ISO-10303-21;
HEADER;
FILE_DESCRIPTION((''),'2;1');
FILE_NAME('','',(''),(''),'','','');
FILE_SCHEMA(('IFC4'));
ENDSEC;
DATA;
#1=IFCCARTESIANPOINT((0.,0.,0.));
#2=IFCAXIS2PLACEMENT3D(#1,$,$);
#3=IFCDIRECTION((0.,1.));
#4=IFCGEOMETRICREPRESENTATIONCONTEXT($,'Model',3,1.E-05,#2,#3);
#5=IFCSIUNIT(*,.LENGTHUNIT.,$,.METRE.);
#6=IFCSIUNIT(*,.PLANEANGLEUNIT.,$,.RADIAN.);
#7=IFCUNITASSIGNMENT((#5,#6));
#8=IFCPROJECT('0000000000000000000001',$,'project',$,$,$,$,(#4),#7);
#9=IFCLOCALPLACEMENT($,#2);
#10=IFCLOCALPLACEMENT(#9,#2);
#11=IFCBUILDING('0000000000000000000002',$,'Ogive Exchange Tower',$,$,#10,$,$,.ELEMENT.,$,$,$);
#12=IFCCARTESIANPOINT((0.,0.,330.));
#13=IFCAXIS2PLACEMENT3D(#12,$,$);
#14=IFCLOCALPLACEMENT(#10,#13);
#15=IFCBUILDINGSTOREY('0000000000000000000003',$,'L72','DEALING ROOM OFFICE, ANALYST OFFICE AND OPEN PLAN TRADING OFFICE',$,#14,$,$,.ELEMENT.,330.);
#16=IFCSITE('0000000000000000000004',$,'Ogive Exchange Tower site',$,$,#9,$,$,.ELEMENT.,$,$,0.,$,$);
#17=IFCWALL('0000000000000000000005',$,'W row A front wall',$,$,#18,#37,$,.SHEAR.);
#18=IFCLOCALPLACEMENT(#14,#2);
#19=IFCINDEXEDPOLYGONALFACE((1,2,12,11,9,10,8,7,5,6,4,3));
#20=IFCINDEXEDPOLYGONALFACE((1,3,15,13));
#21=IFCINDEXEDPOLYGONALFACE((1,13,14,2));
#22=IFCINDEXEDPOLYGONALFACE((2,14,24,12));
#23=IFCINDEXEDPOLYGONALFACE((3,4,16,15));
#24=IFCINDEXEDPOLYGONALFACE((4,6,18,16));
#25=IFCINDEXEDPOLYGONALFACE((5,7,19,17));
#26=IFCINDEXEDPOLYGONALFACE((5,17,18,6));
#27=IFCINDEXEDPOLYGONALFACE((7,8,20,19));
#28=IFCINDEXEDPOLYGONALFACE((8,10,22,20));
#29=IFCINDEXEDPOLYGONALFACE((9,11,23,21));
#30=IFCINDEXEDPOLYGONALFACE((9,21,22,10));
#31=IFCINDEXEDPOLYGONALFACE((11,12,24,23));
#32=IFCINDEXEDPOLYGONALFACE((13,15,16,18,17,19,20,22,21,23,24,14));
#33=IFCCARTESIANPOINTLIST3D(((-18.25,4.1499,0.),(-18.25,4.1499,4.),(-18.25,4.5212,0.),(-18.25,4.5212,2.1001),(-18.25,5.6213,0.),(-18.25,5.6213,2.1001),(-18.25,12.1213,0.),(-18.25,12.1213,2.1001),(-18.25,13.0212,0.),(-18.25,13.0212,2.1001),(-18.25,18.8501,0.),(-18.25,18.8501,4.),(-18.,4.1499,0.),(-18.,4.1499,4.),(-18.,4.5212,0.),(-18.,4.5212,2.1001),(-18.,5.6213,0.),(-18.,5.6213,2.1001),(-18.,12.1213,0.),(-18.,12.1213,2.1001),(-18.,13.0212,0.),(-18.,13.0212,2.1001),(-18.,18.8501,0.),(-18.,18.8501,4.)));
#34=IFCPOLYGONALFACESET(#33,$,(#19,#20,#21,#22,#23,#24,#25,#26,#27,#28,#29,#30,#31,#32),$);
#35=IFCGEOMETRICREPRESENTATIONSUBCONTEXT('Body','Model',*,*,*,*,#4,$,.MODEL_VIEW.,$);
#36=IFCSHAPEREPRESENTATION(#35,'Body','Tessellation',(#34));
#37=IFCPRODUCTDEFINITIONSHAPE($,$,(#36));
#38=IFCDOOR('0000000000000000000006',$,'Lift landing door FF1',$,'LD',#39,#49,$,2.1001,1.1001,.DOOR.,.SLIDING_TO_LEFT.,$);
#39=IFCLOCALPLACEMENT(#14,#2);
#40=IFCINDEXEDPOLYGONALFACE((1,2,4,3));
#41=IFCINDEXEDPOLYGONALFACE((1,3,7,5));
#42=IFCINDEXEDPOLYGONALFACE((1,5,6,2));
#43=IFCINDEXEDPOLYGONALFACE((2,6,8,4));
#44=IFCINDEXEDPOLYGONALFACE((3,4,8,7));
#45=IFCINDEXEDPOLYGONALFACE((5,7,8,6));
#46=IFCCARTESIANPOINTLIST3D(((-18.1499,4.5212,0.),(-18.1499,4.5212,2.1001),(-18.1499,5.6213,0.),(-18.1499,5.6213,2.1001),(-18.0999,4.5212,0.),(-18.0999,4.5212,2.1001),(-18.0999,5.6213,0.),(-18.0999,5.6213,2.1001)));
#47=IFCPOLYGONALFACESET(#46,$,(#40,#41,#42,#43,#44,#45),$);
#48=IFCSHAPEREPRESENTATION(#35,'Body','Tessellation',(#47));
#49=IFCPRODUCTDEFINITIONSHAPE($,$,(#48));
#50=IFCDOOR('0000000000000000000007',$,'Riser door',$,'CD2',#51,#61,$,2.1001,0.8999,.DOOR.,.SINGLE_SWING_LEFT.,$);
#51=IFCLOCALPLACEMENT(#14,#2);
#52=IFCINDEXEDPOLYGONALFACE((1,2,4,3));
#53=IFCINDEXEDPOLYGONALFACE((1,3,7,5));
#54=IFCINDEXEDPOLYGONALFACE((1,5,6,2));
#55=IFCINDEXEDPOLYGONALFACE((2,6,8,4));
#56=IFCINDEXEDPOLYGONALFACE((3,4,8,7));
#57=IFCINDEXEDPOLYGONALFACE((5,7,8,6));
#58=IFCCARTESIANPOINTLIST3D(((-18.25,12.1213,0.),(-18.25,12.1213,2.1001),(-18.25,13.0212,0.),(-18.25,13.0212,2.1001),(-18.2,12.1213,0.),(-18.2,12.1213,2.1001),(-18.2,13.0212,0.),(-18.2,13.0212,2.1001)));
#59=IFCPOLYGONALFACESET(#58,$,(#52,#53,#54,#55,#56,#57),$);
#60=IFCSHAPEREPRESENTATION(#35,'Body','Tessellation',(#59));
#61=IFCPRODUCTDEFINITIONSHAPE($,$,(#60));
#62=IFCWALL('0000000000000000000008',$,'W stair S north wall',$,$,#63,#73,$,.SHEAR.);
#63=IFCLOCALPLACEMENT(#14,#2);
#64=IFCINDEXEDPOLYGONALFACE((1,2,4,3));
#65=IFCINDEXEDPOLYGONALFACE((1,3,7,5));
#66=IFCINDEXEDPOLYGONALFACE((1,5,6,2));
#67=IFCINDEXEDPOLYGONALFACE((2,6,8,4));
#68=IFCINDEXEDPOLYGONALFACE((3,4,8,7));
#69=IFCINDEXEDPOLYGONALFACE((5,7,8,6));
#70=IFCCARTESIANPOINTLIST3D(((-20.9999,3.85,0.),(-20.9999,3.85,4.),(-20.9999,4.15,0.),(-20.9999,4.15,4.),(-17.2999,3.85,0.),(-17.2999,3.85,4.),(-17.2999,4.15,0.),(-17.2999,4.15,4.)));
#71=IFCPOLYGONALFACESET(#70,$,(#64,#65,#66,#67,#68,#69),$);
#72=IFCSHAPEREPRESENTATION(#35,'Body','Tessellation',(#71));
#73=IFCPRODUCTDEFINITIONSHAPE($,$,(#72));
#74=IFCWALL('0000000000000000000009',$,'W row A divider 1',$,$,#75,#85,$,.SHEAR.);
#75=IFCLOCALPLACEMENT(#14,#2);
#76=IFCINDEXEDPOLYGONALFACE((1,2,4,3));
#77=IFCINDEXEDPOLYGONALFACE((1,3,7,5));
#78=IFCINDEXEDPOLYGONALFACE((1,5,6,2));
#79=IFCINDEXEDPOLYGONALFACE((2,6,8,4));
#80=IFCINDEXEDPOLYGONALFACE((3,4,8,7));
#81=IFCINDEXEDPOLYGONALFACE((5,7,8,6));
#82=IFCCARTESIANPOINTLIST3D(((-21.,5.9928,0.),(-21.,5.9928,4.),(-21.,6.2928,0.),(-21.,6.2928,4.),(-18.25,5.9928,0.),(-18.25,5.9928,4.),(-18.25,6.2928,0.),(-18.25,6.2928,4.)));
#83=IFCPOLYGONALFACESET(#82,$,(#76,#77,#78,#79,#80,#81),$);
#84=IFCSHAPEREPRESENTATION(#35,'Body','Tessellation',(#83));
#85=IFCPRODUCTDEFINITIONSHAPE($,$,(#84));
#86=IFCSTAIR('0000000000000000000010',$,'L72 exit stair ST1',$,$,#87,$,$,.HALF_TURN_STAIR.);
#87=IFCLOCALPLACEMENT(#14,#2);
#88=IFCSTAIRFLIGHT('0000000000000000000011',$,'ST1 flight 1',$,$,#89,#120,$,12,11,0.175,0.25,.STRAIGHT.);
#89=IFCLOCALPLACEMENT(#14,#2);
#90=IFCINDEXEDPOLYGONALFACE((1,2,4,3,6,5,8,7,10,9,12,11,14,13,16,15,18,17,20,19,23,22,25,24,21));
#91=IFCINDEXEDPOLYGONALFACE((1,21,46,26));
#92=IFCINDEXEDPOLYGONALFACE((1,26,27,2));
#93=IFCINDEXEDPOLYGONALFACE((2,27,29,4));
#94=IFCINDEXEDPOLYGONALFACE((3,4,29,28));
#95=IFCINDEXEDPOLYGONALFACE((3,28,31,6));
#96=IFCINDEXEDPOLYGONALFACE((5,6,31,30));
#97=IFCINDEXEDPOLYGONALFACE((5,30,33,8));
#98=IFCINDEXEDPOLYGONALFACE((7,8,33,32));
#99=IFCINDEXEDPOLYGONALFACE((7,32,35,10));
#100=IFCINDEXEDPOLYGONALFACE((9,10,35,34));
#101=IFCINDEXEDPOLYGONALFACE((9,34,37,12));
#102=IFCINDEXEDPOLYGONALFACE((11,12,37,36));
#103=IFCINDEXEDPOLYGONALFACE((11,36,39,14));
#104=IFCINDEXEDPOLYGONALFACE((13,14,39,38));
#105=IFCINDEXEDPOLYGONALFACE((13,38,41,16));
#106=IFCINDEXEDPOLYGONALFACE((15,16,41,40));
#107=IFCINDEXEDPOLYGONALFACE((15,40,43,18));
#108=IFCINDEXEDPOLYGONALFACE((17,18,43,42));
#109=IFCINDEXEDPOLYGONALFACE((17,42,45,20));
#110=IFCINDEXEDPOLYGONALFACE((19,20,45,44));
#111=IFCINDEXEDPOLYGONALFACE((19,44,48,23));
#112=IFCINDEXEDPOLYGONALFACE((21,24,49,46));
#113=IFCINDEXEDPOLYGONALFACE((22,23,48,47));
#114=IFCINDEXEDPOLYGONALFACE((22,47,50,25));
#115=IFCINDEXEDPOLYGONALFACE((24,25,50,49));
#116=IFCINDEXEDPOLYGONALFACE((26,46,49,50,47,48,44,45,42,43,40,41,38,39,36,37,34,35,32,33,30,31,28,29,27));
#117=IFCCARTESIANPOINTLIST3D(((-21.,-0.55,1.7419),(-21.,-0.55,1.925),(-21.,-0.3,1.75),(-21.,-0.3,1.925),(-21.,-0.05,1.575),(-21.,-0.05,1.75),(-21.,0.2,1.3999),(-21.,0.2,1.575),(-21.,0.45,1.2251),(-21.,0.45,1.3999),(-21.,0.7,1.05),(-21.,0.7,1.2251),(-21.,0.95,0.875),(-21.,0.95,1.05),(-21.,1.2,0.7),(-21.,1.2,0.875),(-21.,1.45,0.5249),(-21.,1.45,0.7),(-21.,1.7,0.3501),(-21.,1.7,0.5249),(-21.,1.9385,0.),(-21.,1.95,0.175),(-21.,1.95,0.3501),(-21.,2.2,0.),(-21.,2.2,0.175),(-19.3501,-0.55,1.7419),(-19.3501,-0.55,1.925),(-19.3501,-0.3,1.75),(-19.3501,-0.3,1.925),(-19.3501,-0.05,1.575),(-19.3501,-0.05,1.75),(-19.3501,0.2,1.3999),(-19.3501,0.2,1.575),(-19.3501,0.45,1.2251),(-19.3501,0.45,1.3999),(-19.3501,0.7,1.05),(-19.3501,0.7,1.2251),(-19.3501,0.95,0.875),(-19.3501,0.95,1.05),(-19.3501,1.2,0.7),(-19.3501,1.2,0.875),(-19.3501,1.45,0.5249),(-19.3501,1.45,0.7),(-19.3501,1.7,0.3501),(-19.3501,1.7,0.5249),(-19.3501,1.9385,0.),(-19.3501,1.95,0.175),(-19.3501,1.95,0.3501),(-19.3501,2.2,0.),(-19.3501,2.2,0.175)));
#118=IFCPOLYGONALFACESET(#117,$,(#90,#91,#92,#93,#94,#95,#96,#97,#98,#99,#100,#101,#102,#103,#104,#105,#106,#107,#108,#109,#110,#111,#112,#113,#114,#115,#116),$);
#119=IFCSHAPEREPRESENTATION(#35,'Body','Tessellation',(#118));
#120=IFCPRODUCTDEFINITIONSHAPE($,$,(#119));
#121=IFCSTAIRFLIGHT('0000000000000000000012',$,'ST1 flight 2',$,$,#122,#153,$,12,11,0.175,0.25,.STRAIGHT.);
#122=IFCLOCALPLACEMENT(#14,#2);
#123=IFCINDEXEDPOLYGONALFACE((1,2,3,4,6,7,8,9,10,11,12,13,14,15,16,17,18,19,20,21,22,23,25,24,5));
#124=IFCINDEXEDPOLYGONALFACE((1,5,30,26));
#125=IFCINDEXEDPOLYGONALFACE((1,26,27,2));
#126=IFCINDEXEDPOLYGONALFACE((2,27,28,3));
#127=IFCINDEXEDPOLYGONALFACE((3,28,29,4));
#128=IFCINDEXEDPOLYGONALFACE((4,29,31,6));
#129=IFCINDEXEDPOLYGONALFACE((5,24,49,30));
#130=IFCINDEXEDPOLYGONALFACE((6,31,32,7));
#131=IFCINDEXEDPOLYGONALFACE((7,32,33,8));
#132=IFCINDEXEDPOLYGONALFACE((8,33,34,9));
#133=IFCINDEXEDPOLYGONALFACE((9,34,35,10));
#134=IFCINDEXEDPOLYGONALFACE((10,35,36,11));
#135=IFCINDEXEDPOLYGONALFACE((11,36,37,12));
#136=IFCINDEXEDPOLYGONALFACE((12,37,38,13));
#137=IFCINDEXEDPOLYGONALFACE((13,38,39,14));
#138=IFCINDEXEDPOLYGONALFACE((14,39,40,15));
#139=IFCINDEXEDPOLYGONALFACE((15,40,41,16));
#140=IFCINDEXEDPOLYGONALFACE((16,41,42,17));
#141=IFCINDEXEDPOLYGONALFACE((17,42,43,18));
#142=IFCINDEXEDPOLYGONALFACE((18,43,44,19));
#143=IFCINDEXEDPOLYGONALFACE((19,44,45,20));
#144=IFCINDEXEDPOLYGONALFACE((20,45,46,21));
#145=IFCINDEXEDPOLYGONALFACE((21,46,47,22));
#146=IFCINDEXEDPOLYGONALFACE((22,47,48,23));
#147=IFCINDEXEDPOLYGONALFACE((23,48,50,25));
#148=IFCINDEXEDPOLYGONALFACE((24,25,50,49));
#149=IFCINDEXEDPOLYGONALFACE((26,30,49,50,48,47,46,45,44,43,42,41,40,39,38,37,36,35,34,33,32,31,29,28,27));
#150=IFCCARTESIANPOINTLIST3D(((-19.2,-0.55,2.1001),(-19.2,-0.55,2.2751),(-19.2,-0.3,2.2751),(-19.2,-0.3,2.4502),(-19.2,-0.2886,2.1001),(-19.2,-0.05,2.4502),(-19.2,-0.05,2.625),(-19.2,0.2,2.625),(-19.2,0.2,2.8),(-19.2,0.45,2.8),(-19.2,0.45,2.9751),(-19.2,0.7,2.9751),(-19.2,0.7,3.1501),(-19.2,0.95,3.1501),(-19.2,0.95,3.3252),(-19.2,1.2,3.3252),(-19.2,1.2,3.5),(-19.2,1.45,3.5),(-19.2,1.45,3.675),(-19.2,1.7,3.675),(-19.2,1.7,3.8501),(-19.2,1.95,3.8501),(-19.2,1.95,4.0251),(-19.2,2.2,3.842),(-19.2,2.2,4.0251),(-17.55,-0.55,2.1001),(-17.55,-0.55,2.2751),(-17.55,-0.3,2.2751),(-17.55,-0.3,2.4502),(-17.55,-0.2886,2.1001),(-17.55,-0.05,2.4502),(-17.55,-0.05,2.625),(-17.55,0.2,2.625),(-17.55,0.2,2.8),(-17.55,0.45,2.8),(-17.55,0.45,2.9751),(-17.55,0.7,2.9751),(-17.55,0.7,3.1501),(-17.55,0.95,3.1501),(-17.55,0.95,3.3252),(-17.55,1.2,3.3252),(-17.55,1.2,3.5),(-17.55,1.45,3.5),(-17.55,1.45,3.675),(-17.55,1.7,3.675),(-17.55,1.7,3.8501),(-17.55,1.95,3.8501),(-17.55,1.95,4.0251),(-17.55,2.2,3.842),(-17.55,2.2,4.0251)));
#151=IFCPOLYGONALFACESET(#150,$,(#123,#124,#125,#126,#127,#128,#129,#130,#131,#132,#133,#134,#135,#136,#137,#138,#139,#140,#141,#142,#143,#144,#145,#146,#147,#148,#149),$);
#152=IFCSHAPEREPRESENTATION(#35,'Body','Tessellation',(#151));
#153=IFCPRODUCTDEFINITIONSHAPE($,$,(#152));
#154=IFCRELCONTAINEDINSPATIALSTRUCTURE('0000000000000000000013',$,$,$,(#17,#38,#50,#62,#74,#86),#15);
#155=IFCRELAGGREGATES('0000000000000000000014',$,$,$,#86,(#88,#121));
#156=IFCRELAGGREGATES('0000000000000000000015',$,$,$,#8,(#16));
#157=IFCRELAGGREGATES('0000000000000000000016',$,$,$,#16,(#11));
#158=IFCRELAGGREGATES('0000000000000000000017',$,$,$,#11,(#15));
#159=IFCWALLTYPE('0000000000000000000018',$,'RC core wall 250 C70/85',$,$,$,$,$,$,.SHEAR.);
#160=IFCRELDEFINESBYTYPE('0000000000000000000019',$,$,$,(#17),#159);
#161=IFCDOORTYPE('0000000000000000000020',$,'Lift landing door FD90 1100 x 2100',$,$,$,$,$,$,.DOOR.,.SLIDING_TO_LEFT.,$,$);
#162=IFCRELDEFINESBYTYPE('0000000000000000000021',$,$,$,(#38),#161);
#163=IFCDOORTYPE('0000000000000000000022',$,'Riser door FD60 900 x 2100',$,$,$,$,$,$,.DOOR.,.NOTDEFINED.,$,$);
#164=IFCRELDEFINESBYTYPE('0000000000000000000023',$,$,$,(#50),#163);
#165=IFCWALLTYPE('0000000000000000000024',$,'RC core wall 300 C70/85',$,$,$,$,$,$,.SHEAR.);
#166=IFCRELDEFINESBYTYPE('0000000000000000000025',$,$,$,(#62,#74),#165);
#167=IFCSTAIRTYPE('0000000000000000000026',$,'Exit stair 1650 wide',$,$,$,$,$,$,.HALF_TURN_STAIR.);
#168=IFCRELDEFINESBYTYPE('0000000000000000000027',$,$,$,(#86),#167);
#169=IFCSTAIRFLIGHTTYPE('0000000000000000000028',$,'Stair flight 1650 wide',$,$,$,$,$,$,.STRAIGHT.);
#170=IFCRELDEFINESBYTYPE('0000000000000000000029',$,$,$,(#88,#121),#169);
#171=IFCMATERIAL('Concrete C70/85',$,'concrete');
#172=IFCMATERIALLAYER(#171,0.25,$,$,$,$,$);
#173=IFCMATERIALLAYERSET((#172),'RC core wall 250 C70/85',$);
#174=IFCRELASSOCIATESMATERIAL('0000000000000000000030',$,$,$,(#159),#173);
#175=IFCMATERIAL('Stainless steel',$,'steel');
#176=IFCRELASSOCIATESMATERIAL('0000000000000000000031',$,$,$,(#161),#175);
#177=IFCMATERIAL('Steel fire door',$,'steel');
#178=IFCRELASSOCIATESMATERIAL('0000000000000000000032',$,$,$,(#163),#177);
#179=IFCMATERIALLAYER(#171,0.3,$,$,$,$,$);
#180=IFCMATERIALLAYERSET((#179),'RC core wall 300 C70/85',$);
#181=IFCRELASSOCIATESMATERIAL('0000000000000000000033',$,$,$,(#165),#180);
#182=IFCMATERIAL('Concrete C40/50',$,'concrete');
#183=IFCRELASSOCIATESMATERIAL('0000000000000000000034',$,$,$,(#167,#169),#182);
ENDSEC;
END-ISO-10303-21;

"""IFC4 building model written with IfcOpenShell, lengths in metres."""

from ifc_helpers import new_model, si_unit, direction, frame, frame_2d, origin, place, context, subcontext, project, spatial, polyline, rectangle, outline, extrude, material, layer, layer_set, type_object, element, fill, aggregate, save


model = new_model("IFC4")

# Units and contexts
model_context = context("Model", 3, precision=1e-05, world=origin(), true_north=direction((0.0, 1.0)))
body_context = subcontext(model_context, "Body", "Model", "MODEL_VIEW")
ifc_project = project(units=[si_unit("LENGTHUNIT", "METRE"), si_unit("PLANEANGLEUNIT", "RADIAN")], contexts=[model_context])

# Site, building, storey
site_placement = place(None, origin())
site = spatial("IfcSite", under=ifc_project, at=site_placement, Name="Ogive Exchange Tower site", CompositionType="ELEMENT", RefElevation=0.0)
building_placement = place(site_placement, origin())
building = spatial("IfcBuilding", under=site, at=building_placement, Name="Ogive Exchange Tower", CompositionType="ELEMENT")
storey_placement = place(building_placement, frame((0.0, 0.0, 330.0)))
storey = spatial("IfcBuildingStorey", under=building, at=storey_placement, Name="L72", Description="DEALING ROOM OFFICE, ANALYST OFFICE AND OPEN PLAN TRADING OFFICE", CompositionType="ELEMENT", Elevation=330.0)

# Shared definitions
ifc_material_1 = material(Name="Concrete C70/85", Category="concrete")
ifc_material_2 = material(Name="Steel fire door", Category="steel")

# Wall, openings, doors
ifc_layer_1 = layer(ifc_material_1, 0.25)
ifc_layer_set_1 = layer_set([ifc_layer_1], Name="RC core wall 250 C70/85")
wall_type_1 = type_object("IfcWallType", Name="RC core wall 250 C70/85", PredefinedType="SHEAR", material=ifc_layer_set_1)
wall_1_placement = place(storey_placement, frame((-18.125, 4.1499, 0.0), z_axis=(0.0, 0.0, 1.0), x_axis=(0.0, 1.0, 0.0)))
wall_1 = element("IfcWall", 1, at=wall_1_placement, inside=storey, type_object=wall_type_1, Name="W row A front wall", PredefinedType="SHEAR", context=body_context, shape_type="SweptSolid", body=[
    extrude(rectangle(XDim=14.7002, YDim=0.25, at=frame_2d((7.3501, 0.0))), origin(), (0.0, 0.0, 1.0), 4.0),
])
opening_1_placement = place(wall_1_placement, frame((7.9714, 0.0, 0.0)))
opening_1 = element("IfcOpeningElement", 2, at=opening_1_placement, cuts=wall_1, PredefinedType="OPENING", context=body_context, shape_type="SweptSolid", body=[
    extrude(rectangle(XDim=0.8999, YDim=2.1001, at=frame_2d((0.45, 1.05))), frame((0.0, 0.135, 0.0), z_axis=(0.0, -1.0, 0.0), x_axis=(1.0, 0.0, 0.0)), (0.0, 0.0, 1.0), 0.27),
])
opening_2_placement = place(wall_1_placement, frame((0.3713, 0.0, 0.0)))
opening_2 = element("IfcOpeningElement", 3, at=opening_2_placement, cuts=wall_1, PredefinedType="OPENING", context=body_context, shape_type="SweptSolid", body=[
    extrude(rectangle(XDim=1.1001, YDim=2.1001, at=frame_2d((0.55, 1.05))), frame((0.0, 0.135, 0.0), z_axis=(0.0, -1.0, 0.0), x_axis=(1.0, 0.0, 0.0)), (0.0, 0.0, 1.0), 0.27),
])
ifc_material_3 = material(Name="Stainless steel", Category="steel")
door_type_1 = type_object("IfcDoorType", Name="Lift landing door FD90 1100 x 2100", OperationType="SLIDING_TO_LEFT", PredefinedType="DOOR", material=ifc_material_3)
door_1_placement = place(opening_2_placement, origin())
door_1 = element("IfcDoor", 4, at=door_1_placement, inside=storey, type_object=door_type_1, Name="Lift landing door FF1", ObjectType="LD", OperationType="SLIDING_TO_LEFT", OverallHeight=2.1001, OverallWidth=1.1001, PredefinedType="DOOR", context=body_context, shape_type="SweptSolid", body=[
    extrude(rectangle(XDim=1.1001, YDim=2.1001, at=frame_2d((0.55, 1.05))), frame((0.0, 0.0249, 0.0), z_axis=(0.0, -1.0, 0.0), x_axis=(1.0, 0.0, 0.0)), (0.0, 0.0, 1.0), 0.05),
])
fill(opening_2, door_1)
door_type_2 = type_object("IfcDoorType", Name="Riser door FD60 900 x 2100", OperationType="NOTDEFINED", PredefinedType="DOOR", material=ifc_material_2)
door_2_placement = place(opening_1_placement, origin())
door_2 = element("IfcDoor", 5, at=door_2_placement, inside=storey, type_object=door_type_2, Name="Riser door", ObjectType="CD2", OperationType="SINGLE_SWING_LEFT", OverallHeight=2.1001, OverallWidth=0.8999, PredefinedType="DOOR", context=body_context, shape_type="SweptSolid", body=[
    extrude(rectangle(XDim=0.8999, YDim=2.1001, at=frame_2d((0.45, 1.05))), frame((0.0, 0.125, 0.0), z_axis=(0.0, -1.0, 0.0), x_axis=(1.0, 0.0, 0.0)), (0.0, 0.0, 1.0), 0.05),
])
fill(opening_1, door_2)

# Walls
ifc_layer_2 = layer(ifc_material_1, 0.3)
ifc_layer_set_2 = layer_set([ifc_layer_2], Name="RC core wall 300 C70/85")
wall_type_2 = type_object("IfcWallType", Name="RC core wall 300 C70/85", PredefinedType="SHEAR", material=ifc_layer_set_2)
wall_2_placement = place(storey_placement, frame((-21.0, 4.0, 0.0), z_axis=(0.0, 0.0, 1.0), x_axis=(1.0, 0.0, 0.0)))
element("IfcWall", 6, at=wall_2_placement, inside=storey, type_object=wall_type_2, Name="W stair S north wall", PredefinedType="SHEAR", context=body_context, shape_type="SweptSolid", body=[
    extrude(rectangle(XDim=3.7, YDim=0.3, at=frame_2d((1.8501, 0.0))), origin(), (0.0, 0.0, 1.0), 4.0),
])
wall_3_placement = place(storey_placement, frame((-21.0, 6.1428, 0.0), z_axis=(0.0, 0.0, 1.0), x_axis=(1.0, 0.0, 0.0)))
element("IfcWall", 7, at=wall_3_placement, inside=storey, type_object=wall_type_2, Name="W row A divider 1", PredefinedType="SHEAR", context=body_context, shape_type="SweptSolid", body=[
    extrude(rectangle(XDim=2.75, YDim=0.3, at=frame_2d((1.375, 0.0))), origin(), (0.0, 0.0, 1.0), 4.0),
])

# Stair, stair flights
ifc_material_4 = material(Name="Concrete C40/50", Category="concrete")
stair_type = type_object("IfcStairType", Name="Exit stair 1650 wide", PredefinedType="HALF_TURN_STAIR", material=ifc_material_4)
stair_placement = place(storey_placement, origin())
stair = element("IfcStair", 8, at=stair_placement, inside=storey, type_object=stair_type, Name="L72 exit stair ST1", PredefinedType="HALF_TURN_STAIR")
stair_flight_type = type_object("IfcStairFlightType", Name="Stair flight 1650 wide", PredefinedType="STRAIGHT", material=ifc_material_4)
stair_flight_1_placement = place(storey_placement, frame((-20.175, 2.2, 0.0), z_axis=(0.0, 0.0, 1.0), x_axis=(0.0, -1.0, 0.0)))
stair_flight_1 = element("IfcStairFlight", 9, at=stair_flight_1_placement, type_object=stair_flight_type, Name="ST1 flight 1", NumberOfRisers=12, NumberOfTreads=11, PredefinedType="STRAIGHT", RiserHeight=0.175, TreadLength=0.25, context=body_context, shape_type="SweptSolid", body=[
    extrude(outline(polyline([(0.0, 0.0), (0.0, 0.175), (0.25, 0.175), (0.25, 0.3501), (0.5, 0.3501), (0.5, 0.5249), (0.75, 0.5249), (0.75, 0.7), (1.0, 0.7), (1.0, 0.875), (1.25, 0.875), (1.25, 1.05), (1.5, 1.05), (1.5, 1.2251), (1.75, 1.2251), (1.75, 1.3999), (2.0, 1.3999), (2.0, 1.575), (2.25, 1.575), (2.25, 1.75), (2.5, 1.75), (2.5, 1.925), (2.75, 1.925), (2.75, 2.1001), (2.75, 1.7419), (0.2615, 0.0), (0.0, 0.0)])), frame((0.0, 0.825, 0.0), z_axis=(0.0, -1.0, 0.0), x_axis=(1.0, 0.0, 0.0)), (0.0, 0.0, 1.0), 1.6499),
])
stair_flight_2_placement = place(storey_placement, frame((-18.375, -0.55, 2.1001), z_axis=(0.0, 0.0, 1.0), x_axis=(0.0, 1.0, 0.0)))
stair_flight_2 = element("IfcStairFlight", 10, at=stair_flight_2_placement, type_object=stair_flight_type, Name="ST1 flight 2", NumberOfRisers=12, NumberOfTreads=11, PredefinedType="STRAIGHT", RiserHeight=0.175, TreadLength=0.25, context=body_context, shape_type="SweptSolid", body=[
    extrude(outline(polyline([(0.0, 0.0), (0.0, 0.175), (0.25, 0.175), (0.25, 0.3501), (0.5, 0.3501), (0.5, 0.5249), (0.75, 0.5249), (0.75, 0.7), (1.0, 0.7), (1.0, 0.875), (1.25, 0.875), (1.25, 1.05), (1.5, 1.05), (1.5, 1.2251), (1.75, 1.2251), (1.75, 1.3999), (2.0, 1.3999), (2.0, 1.575), (2.25, 1.575), (2.25, 1.75), (2.5, 1.75), (2.5, 1.925), (2.75, 1.925), (2.75, 2.1001), (2.75, 1.7419), (0.2615, 0.0), (0.0, 0.0)])), frame((0.0, 0.825, 0.0), z_axis=(0.0, -1.0, 0.0), x_axis=(1.0, 0.0, 0.0)), (0.0, 0.0, 1.0), 1.6499),
])
aggregate(stair, [stair_flight_1, stair_flight_2])

save(model, "model.ifc")
